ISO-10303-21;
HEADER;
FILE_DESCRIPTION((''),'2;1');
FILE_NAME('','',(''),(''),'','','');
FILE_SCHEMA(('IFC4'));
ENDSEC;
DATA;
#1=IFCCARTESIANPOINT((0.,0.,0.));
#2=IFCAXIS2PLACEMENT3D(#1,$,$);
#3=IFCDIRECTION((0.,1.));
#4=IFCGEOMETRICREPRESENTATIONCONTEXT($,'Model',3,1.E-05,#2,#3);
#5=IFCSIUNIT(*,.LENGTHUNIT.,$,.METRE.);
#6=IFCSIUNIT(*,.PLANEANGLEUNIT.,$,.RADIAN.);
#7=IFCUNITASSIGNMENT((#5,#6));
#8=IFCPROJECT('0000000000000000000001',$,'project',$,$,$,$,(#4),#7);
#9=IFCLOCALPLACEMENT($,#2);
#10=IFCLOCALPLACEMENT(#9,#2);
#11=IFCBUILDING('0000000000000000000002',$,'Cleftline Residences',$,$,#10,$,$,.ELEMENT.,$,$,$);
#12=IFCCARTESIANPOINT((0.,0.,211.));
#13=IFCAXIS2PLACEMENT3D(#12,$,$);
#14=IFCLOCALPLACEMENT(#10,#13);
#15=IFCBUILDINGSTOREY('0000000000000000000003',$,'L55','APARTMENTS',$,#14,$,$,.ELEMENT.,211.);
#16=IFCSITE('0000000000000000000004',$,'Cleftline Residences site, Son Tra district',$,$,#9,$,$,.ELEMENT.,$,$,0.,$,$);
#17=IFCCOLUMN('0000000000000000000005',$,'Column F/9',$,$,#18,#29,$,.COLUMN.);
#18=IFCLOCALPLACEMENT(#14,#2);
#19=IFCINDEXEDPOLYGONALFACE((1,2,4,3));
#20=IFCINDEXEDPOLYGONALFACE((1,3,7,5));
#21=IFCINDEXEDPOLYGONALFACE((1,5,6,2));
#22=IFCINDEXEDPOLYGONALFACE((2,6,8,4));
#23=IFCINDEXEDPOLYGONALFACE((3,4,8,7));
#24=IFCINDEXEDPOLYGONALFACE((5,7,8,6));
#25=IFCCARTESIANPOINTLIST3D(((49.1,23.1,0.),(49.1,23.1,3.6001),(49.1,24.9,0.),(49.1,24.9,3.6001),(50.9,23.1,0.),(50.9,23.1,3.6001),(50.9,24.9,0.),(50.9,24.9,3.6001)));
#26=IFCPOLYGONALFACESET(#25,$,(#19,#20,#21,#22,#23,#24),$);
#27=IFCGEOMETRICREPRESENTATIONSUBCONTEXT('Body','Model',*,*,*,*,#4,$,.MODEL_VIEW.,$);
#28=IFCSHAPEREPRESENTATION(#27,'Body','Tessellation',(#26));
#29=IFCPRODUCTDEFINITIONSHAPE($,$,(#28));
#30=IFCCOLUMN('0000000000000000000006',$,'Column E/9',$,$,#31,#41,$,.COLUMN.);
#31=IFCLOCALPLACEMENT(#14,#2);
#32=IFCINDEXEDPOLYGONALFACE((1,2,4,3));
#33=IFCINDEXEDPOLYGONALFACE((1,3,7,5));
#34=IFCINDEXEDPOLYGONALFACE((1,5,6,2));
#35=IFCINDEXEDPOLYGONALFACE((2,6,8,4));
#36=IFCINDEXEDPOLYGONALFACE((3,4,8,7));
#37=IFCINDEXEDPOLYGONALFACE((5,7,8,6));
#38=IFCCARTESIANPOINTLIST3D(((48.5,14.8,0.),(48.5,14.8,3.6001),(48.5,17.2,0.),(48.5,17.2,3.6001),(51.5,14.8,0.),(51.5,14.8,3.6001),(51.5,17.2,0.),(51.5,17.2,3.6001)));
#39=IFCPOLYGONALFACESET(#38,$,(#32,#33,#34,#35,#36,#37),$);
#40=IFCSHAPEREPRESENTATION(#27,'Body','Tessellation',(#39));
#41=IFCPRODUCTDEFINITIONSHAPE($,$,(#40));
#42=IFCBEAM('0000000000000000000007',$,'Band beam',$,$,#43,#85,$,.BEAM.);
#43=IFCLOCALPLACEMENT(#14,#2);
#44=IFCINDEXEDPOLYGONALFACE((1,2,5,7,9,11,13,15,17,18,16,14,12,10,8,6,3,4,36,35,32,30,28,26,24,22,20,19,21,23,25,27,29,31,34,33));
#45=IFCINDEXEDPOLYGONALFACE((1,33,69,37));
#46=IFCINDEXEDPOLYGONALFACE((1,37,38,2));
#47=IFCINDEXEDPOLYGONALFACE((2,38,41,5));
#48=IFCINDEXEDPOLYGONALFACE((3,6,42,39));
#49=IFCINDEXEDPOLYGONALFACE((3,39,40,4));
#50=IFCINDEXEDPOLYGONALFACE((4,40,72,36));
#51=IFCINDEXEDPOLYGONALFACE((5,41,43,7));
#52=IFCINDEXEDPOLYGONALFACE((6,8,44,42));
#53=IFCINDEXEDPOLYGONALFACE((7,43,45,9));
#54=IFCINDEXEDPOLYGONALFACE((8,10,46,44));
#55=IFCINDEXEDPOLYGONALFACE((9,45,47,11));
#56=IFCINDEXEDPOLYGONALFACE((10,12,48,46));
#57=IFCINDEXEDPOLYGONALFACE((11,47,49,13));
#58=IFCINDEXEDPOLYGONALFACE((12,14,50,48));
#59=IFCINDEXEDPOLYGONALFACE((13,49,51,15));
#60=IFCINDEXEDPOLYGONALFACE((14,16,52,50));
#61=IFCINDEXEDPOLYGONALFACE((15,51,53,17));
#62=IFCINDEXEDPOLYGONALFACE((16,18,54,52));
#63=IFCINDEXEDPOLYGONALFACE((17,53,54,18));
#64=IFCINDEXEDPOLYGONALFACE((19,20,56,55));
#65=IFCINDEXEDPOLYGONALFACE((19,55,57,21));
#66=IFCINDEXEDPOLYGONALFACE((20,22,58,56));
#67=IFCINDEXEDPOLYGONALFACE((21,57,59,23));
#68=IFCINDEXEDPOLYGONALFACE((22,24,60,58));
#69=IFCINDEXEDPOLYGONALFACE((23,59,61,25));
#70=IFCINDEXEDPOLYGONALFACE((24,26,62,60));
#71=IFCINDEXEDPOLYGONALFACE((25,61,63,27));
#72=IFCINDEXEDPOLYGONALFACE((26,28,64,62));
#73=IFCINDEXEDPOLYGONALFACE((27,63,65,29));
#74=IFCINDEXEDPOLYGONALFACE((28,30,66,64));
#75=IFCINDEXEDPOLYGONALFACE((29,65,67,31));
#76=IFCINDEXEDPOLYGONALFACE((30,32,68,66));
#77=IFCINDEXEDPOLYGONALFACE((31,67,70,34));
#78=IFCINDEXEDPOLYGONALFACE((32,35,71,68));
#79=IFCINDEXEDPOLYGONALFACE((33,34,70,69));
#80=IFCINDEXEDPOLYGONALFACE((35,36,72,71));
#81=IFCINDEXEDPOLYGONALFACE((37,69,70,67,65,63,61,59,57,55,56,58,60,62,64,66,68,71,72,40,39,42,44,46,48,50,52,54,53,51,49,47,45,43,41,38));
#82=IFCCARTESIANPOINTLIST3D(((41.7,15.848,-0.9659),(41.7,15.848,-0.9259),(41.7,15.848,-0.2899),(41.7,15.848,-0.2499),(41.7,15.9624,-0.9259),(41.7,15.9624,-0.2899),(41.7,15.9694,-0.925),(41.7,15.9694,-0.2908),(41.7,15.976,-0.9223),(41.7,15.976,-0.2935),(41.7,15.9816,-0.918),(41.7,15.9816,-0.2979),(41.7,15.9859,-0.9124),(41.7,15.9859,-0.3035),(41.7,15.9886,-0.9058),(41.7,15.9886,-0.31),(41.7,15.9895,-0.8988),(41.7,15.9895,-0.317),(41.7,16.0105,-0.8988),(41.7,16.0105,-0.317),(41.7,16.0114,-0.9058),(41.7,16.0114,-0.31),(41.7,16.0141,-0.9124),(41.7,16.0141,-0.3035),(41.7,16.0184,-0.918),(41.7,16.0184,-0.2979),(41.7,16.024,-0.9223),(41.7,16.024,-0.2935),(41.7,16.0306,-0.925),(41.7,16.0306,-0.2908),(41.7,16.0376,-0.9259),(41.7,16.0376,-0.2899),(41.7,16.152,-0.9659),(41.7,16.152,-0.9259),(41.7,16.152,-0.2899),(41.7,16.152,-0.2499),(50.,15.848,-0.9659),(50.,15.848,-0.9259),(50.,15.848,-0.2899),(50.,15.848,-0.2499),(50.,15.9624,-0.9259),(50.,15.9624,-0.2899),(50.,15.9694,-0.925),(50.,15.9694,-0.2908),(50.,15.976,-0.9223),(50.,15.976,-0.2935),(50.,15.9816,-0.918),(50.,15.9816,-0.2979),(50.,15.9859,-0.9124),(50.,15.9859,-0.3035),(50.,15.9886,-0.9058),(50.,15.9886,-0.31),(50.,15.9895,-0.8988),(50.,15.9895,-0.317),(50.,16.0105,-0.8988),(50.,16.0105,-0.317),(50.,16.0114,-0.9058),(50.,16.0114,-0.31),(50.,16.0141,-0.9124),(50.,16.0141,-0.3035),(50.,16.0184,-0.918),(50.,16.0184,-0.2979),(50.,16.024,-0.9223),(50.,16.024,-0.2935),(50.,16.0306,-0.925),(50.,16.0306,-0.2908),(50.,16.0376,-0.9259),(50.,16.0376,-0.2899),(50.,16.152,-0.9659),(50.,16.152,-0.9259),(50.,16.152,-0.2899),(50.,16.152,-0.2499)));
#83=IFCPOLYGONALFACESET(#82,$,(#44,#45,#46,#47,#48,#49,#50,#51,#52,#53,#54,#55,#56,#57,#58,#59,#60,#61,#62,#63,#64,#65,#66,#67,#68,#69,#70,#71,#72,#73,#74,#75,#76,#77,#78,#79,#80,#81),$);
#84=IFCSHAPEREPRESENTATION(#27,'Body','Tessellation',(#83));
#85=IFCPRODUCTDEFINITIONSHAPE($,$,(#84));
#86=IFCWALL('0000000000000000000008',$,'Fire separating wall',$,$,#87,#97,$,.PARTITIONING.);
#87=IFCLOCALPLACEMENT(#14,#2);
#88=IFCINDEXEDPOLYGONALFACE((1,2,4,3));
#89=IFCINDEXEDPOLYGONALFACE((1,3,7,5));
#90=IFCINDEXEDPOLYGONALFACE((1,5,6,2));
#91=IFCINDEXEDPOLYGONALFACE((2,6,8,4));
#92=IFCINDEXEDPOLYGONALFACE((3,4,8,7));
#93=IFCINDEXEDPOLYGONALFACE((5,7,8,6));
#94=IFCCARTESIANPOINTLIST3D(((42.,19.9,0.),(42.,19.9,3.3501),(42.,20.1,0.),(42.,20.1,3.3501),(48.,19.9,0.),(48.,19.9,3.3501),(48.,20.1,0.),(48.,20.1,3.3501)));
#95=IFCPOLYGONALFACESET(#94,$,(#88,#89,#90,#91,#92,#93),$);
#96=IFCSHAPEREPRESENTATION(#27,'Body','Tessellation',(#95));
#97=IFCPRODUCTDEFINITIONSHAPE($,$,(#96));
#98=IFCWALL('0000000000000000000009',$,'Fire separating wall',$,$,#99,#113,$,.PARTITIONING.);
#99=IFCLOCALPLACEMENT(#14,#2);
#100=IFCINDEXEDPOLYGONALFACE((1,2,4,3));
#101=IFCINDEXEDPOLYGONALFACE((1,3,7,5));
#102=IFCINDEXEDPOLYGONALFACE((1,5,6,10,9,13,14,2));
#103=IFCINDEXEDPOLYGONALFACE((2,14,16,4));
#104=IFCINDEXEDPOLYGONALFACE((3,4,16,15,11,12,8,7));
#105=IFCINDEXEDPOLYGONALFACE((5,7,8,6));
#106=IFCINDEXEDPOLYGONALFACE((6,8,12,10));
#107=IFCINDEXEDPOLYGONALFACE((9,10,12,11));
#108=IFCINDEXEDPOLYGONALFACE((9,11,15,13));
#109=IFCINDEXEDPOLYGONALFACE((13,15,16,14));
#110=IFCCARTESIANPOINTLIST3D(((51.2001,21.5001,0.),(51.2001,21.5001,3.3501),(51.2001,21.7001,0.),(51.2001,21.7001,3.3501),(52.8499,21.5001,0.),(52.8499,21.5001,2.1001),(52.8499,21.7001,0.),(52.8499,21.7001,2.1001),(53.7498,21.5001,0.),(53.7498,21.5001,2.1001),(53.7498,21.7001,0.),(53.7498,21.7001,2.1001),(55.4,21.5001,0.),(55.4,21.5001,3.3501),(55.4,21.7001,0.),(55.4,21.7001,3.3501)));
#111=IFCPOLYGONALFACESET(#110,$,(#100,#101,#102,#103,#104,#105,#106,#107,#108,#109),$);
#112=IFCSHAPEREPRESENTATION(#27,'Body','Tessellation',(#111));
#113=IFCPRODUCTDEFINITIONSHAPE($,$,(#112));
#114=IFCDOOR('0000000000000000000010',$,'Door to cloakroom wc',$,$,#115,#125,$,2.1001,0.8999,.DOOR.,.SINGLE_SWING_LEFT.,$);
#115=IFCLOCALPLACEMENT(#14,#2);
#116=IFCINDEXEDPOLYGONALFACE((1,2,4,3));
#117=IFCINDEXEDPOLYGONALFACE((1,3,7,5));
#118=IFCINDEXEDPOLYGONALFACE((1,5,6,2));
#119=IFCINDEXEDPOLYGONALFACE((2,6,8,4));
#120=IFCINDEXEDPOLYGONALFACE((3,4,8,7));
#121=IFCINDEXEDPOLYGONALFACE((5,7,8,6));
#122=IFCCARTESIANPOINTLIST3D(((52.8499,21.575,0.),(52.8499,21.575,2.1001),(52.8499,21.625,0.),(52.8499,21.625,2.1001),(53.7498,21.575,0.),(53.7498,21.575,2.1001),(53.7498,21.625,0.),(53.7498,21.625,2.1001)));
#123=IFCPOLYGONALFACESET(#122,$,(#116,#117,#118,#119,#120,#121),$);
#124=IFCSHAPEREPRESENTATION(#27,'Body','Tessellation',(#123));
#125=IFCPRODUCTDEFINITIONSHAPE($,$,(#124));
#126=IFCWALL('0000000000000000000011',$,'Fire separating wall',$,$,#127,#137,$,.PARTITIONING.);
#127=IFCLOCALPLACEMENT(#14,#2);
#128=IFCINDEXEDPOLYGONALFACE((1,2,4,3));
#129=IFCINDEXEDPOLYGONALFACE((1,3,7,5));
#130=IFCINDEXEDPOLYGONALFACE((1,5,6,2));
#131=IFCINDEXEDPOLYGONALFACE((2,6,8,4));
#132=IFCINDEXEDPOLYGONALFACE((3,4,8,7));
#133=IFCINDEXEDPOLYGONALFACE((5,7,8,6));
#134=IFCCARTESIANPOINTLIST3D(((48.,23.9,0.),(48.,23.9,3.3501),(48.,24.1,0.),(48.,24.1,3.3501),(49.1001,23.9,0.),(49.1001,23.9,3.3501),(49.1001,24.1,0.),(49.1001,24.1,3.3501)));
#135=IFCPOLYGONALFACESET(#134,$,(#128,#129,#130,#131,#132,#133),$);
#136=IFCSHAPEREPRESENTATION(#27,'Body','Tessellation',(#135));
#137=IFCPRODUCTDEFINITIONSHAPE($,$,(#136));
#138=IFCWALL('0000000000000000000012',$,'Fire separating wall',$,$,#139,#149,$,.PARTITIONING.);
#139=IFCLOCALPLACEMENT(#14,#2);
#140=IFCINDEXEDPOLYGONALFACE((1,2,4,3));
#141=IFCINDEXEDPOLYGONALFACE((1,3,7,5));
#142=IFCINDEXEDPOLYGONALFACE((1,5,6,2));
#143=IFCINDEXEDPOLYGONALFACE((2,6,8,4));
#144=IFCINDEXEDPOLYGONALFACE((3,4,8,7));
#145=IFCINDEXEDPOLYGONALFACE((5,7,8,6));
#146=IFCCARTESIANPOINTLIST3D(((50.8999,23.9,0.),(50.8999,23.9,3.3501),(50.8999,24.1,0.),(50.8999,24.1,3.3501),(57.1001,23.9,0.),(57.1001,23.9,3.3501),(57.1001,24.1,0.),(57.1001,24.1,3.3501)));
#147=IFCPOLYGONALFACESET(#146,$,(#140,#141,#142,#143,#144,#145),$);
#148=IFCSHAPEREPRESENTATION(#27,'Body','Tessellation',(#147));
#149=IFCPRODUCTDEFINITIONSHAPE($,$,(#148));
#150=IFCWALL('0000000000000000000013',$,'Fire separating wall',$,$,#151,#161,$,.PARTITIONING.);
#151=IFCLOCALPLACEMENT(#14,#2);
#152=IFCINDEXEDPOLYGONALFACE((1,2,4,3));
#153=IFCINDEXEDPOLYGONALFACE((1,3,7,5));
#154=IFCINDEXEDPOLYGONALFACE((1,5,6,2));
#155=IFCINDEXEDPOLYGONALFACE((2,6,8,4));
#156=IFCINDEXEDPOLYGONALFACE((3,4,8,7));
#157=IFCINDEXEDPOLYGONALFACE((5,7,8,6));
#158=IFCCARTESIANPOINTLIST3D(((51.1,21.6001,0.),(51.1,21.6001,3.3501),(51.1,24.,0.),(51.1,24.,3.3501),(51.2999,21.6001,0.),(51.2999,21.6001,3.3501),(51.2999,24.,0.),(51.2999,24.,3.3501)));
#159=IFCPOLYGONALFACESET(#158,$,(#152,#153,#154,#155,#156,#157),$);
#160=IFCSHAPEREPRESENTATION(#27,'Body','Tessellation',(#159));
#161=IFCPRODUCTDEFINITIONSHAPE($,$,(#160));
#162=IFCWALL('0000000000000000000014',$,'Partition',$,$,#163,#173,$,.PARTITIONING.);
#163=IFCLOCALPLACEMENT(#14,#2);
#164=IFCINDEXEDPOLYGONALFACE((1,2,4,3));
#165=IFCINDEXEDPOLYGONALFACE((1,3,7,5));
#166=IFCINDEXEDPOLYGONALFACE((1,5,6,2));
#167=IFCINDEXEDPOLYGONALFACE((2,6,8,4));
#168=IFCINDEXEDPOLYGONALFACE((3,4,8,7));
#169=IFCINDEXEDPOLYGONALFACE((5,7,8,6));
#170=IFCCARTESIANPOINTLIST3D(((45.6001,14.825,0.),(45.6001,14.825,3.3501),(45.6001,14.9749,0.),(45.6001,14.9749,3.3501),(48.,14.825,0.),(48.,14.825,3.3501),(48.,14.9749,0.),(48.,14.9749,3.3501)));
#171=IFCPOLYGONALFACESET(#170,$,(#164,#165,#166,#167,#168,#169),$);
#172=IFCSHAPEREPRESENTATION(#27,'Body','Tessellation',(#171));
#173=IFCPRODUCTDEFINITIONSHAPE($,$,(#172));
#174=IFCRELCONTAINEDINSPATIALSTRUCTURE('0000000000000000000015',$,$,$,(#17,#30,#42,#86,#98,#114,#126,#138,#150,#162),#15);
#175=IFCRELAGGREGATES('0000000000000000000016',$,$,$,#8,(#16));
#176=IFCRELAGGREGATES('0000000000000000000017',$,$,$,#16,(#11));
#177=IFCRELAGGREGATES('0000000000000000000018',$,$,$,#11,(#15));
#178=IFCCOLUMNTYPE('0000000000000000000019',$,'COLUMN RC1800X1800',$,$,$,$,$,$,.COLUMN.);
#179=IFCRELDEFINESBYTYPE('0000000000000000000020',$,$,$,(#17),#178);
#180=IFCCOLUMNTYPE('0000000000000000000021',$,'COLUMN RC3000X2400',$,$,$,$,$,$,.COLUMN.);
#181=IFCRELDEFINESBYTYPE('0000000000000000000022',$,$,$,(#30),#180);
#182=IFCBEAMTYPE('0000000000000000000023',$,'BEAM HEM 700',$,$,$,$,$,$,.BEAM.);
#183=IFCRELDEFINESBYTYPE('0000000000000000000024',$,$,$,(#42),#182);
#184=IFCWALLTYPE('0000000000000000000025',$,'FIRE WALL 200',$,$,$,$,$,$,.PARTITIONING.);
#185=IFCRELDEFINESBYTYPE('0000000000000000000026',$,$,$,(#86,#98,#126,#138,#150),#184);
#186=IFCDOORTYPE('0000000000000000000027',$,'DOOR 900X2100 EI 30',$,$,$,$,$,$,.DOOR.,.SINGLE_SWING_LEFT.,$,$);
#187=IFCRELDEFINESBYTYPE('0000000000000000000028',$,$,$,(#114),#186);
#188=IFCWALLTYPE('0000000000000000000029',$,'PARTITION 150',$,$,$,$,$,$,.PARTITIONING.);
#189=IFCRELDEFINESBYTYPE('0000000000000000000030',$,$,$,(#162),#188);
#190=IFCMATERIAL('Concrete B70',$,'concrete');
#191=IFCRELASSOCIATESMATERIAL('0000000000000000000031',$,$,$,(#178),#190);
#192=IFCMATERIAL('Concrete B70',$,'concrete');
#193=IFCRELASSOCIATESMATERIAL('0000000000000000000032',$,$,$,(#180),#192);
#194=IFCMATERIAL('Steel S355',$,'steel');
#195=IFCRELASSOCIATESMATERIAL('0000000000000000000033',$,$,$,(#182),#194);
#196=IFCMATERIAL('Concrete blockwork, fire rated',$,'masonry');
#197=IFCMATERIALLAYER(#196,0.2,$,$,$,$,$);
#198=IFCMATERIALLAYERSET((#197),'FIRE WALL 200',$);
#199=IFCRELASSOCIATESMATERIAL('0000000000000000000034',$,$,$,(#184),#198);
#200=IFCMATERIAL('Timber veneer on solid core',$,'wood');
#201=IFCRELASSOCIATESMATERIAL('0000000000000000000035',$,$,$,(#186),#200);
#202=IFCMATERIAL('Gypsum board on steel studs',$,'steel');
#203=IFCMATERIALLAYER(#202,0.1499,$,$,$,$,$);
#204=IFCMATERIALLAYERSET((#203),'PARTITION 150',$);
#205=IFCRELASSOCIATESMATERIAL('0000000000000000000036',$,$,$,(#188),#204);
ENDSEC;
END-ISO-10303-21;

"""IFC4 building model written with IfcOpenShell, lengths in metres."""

from ifc_helpers import new_model, si_unit, direction, frame, frame_2d, origin, origin_2d, place, context, subcontext, project, spatial, rectangle, i_section, extrude, material, layer, layer_set, material_profile, profile_set, type_object, element, fill, save


model = new_model("IFC4")

# Units and contexts
model_context = context("Model", 3, precision=1e-05, world=origin(), true_north=direction((0.0, 1.0)))
body_context = subcontext(model_context, "Body", "Model", "MODEL_VIEW")
ifc_project = project(units=[si_unit("LENGTHUNIT", "METRE"), si_unit("PLANEANGLEUNIT", "RADIAN")], contexts=[model_context])

# Site, building, storey
site_placement = place(None, origin())
site = spatial("IfcSite", under=ifc_project, at=site_placement, Name="Cleftline Residences site, Son Tra district", CompositionType="ELEMENT", RefElevation=0.0)
building_placement = place(site_placement, origin())
building = spatial("IfcBuilding", under=site, at=building_placement, Name="Cleftline Residences", CompositionType="ELEMENT")
storey_placement = place(building_placement, frame((0.0, 0.0, 211.0)))
storey = spatial("IfcBuildingStorey", under=building, at=storey_placement, Name="L55", Description="APARTMENTS", CompositionType="ELEMENT", Elevation=211.0)

# Columns
ifc_material_1 = material(Name="Concrete B70", Category="concrete")
ifc_material_profile_1 = material_profile(ifc_material_1, rectangle(XDim=1.8, YDim=1.8, at=origin_2d()))
ifc_profile_set_1 = profile_set([ifc_material_profile_1], Name="Concrete B70")
column_type_1 = type_object("IfcColumnType", Name="COLUMN RC1800X1800", PredefinedType="COLUMN", material=ifc_profile_set_1)
column_1_placement = place(storey_placement, frame((50.0, 24.0, 0.0), z_axis=(0.0, 0.0, 1.0), x_axis=(1.0, 0.0, 0.0)))
element("IfcColumn", 1, at=column_1_placement, inside=storey, type_object=column_type_1, Name="Column F/9", PredefinedType="COLUMN", context=body_context, shape_type="SweptSolid", body=[
    extrude(rectangle(XDim=1.8, YDim=1.8, at=origin_2d()), origin(), (0.0, 0.0, 1.0), 3.6001),
])
ifc_material_2 = material(Name="Concrete B70", Category="concrete")
ifc_material_profile_2 = material_profile(ifc_material_2, rectangle(XDim=3.0, YDim=2.3999, at=origin_2d()))
ifc_profile_set_2 = profile_set([ifc_material_profile_2], Name="Concrete B70")
column_type_2 = type_object("IfcColumnType", Name="COLUMN RC3000X2400", PredefinedType="COLUMN", material=ifc_profile_set_2)
column_2_placement = place(storey_placement, frame((50.0, 16.0, 0.0), z_axis=(0.0, 0.0, 1.0), x_axis=(1.0, 0.0, 0.0)))
element("IfcColumn", 2, at=column_2_placement, inside=storey, type_object=column_type_2, Name="Column E/9", PredefinedType="COLUMN", context=body_context, shape_type="SweptSolid", body=[
    extrude(rectangle(XDim=3.0, YDim=2.3999, at=origin_2d()), origin(), (0.0, 0.0, 1.0), 3.6001),
])

# Beam
ifc_material_3 = material(Name="Steel S355", Category="steel")
ifc_material_profile_3 = material_profile(ifc_material_3, i_section(OverallWidth=0.304, OverallDepth=0.7161, WebThickness=0.021, FlangeThickness=0.04, FilletRadius=0.0271, at=origin_2d()))
ifc_profile_set_3 = profile_set([ifc_material_profile_3], Name="Steel S355")
beam_type = type_object("IfcBeamType", Name="BEAM HEM 700", PredefinedType="BEAM", material=ifc_profile_set_3)
beam_placement = place(storey_placement, frame((50.0, 16.0, -0.6079), z_axis=(-1.0, 0.0, 0.0), x_axis=(0.0, -1.0, 0.0)))
element("IfcBeam", 3, at=beam_placement, inside=storey, type_object=beam_type, Name="Band beam", PredefinedType="BEAM", context=body_context, shape_type="SweptSolid", body=[
    extrude(i_section(OverallWidth=0.304, OverallDepth=0.7161, WebThickness=0.021, FlangeThickness=0.04, FilletRadius=0.0271, at=origin_2d()), origin(), (0.0, 0.0, 1.0), 8.3),
])

# Wall
ifc_material_4 = material(Name="Concrete blockwork, fire rated", Category="masonry")
ifc_layer_1 = layer(ifc_material_4, 0.2)
ifc_layer_set_1 = layer_set([ifc_layer_1], Name="FIRE WALL 200")
wall_type_1 = type_object("IfcWallType", Name="FIRE WALL 200", PredefinedType="PARTITIONING", material=ifc_layer_set_1)
wall_1_placement = place(storey_placement, frame((42.0, 20.0, 0.0), z_axis=(0.0, 0.0, 1.0), x_axis=(1.0, 0.0, 0.0)))
element("IfcWall", 4, at=wall_1_placement, inside=storey, type_object=wall_type_1, Name="Fire separating wall", PredefinedType="PARTITIONING", context=body_context, shape_type="SweptSolid", body=[
    extrude(rectangle(XDim=6.0, YDim=0.2, at=frame_2d((3.0, 0.0))), origin(), (0.0, 0.0, 1.0), 3.3501),
])

# Wall, opening, door
wall_2_placement = place(storey_placement, frame((51.2, 21.6001, 0.0), z_axis=(0.0, 0.0, 1.0), x_axis=(1.0, 0.0, 0.0)))
wall_2 = element("IfcWall", 5, at=wall_2_placement, inside=storey, type_object=wall_type_1, Name="Fire separating wall", PredefinedType="PARTITIONING", context=body_context, shape_type="SweptSolid", body=[
    extrude(rectangle(XDim=4.2, YDim=0.2, at=frame_2d((2.1001, 0.0))), origin(), (0.0, 0.0, 1.0), 3.3501),
])
opening_1_placement = place(wall_2_placement, frame((1.6499, 0.0, 0.0)))
opening_1 = element("IfcOpeningElement", 6, at=opening_1_placement, cuts=wall_2, PredefinedType="OPENING", context=body_context, shape_type="SweptSolid", body=[
    extrude(rectangle(XDim=0.8999, YDim=2.1001, at=frame_2d((0.45, 1.05))), frame((0.0, 0.1099, 0.0), z_axis=(0.0, -1.0, 0.0), x_axis=(1.0, 0.0, 0.0)), (0.0, 0.0, 1.0), 0.22),
])
ifc_material_5 = material(Name="Timber veneer on solid core", Category="wood")
door_type_1 = type_object("IfcDoorType", Name="DOOR 900X2100 EI 30", OperationType="SINGLE_SWING_LEFT", PredefinedType="DOOR", material=ifc_material_5)
door_1_placement = place(opening_1_placement, origin())
door_1 = element("IfcDoor", 7, at=door_1_placement, inside=storey, type_object=door_type_1, Name="Door to cloakroom wc", OperationType="SINGLE_SWING_LEFT", OverallHeight=2.1001, OverallWidth=0.8999, PredefinedType="DOOR", context=body_context, shape_type="SweptSolid", body=[
    extrude(rectangle(XDim=0.8999, YDim=2.1001, at=frame_2d((0.45, 1.05))), frame((0.0, 0.0249, 0.0), z_axis=(0.0, -1.0, 0.0), x_axis=(1.0, 0.0, 0.0)), (0.0, 0.0, 1.0), 0.05),
])
fill(opening_1, door_1)

# Walls
wall_3_placement = place(storey_placement, frame((48.0, 24.0, 0.0), z_axis=(0.0, 0.0, 1.0), x_axis=(1.0, 0.0, 0.0)))
element("IfcWall", 8, at=wall_3_placement, inside=storey, type_object=wall_type_1, Name="Fire separating wall", PredefinedType="PARTITIONING", context=body_context, shape_type="SweptSolid", body=[
    extrude(rectangle(XDim=1.1001, YDim=0.2, at=frame_2d((0.55, 0.0))), origin(), (0.0, 0.0, 1.0), 3.3501),
])
wall_4_placement = place(storey_placement, frame((50.8999, 24.0, 0.0), z_axis=(0.0, 0.0, 1.0), x_axis=(1.0, 0.0, 0.0)))
element("IfcWall", 9, at=wall_4_placement, inside=storey, type_object=wall_type_1, Name="Fire separating wall", PredefinedType="PARTITIONING", context=body_context, shape_type="SweptSolid", body=[
    extrude(rectangle(XDim=6.2002, YDim=0.2, at=frame_2d((3.1001, 0.0))), origin(), (0.0, 0.0, 1.0), 3.3501),
])

# Walls
wall_5_placement = place(storey_placement, frame((51.2, 21.6001, 0.0), z_axis=(0.0, 0.0, 1.0), x_axis=(0.0, 1.0, 0.0)))
element("IfcWall", 10, at=wall_5_placement, inside=storey, type_object=wall_type_1, Name="Fire separating wall", PredefinedType="PARTITIONING", context=body_context, shape_type="SweptSolid", body=[
    extrude(rectangle(XDim=2.3999, YDim=0.2, at=frame_2d((1.2, 0.0))), origin(), (0.0, 0.0, 1.0), 3.3501),
])
ifc_material_6 = material(Name="Gypsum board on steel studs", Category="steel")
ifc_layer_2 = layer(ifc_material_6, 0.1499)
ifc_layer_set_2 = layer_set([ifc_layer_2], Name="PARTITION 150")
wall_type_2 = type_object("IfcWallType", Name="PARTITION 150", PredefinedType="PARTITIONING", material=ifc_layer_set_2)
wall_6_placement = place(storey_placement, frame((45.6001, 14.8999, 0.0), z_axis=(0.0, 0.0, 1.0), x_axis=(1.0, 0.0, 0.0)))
element("IfcWall", 11, at=wall_6_placement, inside=storey, type_object=wall_type_2, Name="Partition", PredefinedType="PARTITIONING", context=body_context, shape_type="SweptSolid", body=[
    extrude(rectangle(XDim=2.3999, YDim=0.1499, at=frame_2d((1.2, 0.0))), origin(), (0.0, 0.0, 1.0), 3.3501),
])

save(model, "model.ifc")
